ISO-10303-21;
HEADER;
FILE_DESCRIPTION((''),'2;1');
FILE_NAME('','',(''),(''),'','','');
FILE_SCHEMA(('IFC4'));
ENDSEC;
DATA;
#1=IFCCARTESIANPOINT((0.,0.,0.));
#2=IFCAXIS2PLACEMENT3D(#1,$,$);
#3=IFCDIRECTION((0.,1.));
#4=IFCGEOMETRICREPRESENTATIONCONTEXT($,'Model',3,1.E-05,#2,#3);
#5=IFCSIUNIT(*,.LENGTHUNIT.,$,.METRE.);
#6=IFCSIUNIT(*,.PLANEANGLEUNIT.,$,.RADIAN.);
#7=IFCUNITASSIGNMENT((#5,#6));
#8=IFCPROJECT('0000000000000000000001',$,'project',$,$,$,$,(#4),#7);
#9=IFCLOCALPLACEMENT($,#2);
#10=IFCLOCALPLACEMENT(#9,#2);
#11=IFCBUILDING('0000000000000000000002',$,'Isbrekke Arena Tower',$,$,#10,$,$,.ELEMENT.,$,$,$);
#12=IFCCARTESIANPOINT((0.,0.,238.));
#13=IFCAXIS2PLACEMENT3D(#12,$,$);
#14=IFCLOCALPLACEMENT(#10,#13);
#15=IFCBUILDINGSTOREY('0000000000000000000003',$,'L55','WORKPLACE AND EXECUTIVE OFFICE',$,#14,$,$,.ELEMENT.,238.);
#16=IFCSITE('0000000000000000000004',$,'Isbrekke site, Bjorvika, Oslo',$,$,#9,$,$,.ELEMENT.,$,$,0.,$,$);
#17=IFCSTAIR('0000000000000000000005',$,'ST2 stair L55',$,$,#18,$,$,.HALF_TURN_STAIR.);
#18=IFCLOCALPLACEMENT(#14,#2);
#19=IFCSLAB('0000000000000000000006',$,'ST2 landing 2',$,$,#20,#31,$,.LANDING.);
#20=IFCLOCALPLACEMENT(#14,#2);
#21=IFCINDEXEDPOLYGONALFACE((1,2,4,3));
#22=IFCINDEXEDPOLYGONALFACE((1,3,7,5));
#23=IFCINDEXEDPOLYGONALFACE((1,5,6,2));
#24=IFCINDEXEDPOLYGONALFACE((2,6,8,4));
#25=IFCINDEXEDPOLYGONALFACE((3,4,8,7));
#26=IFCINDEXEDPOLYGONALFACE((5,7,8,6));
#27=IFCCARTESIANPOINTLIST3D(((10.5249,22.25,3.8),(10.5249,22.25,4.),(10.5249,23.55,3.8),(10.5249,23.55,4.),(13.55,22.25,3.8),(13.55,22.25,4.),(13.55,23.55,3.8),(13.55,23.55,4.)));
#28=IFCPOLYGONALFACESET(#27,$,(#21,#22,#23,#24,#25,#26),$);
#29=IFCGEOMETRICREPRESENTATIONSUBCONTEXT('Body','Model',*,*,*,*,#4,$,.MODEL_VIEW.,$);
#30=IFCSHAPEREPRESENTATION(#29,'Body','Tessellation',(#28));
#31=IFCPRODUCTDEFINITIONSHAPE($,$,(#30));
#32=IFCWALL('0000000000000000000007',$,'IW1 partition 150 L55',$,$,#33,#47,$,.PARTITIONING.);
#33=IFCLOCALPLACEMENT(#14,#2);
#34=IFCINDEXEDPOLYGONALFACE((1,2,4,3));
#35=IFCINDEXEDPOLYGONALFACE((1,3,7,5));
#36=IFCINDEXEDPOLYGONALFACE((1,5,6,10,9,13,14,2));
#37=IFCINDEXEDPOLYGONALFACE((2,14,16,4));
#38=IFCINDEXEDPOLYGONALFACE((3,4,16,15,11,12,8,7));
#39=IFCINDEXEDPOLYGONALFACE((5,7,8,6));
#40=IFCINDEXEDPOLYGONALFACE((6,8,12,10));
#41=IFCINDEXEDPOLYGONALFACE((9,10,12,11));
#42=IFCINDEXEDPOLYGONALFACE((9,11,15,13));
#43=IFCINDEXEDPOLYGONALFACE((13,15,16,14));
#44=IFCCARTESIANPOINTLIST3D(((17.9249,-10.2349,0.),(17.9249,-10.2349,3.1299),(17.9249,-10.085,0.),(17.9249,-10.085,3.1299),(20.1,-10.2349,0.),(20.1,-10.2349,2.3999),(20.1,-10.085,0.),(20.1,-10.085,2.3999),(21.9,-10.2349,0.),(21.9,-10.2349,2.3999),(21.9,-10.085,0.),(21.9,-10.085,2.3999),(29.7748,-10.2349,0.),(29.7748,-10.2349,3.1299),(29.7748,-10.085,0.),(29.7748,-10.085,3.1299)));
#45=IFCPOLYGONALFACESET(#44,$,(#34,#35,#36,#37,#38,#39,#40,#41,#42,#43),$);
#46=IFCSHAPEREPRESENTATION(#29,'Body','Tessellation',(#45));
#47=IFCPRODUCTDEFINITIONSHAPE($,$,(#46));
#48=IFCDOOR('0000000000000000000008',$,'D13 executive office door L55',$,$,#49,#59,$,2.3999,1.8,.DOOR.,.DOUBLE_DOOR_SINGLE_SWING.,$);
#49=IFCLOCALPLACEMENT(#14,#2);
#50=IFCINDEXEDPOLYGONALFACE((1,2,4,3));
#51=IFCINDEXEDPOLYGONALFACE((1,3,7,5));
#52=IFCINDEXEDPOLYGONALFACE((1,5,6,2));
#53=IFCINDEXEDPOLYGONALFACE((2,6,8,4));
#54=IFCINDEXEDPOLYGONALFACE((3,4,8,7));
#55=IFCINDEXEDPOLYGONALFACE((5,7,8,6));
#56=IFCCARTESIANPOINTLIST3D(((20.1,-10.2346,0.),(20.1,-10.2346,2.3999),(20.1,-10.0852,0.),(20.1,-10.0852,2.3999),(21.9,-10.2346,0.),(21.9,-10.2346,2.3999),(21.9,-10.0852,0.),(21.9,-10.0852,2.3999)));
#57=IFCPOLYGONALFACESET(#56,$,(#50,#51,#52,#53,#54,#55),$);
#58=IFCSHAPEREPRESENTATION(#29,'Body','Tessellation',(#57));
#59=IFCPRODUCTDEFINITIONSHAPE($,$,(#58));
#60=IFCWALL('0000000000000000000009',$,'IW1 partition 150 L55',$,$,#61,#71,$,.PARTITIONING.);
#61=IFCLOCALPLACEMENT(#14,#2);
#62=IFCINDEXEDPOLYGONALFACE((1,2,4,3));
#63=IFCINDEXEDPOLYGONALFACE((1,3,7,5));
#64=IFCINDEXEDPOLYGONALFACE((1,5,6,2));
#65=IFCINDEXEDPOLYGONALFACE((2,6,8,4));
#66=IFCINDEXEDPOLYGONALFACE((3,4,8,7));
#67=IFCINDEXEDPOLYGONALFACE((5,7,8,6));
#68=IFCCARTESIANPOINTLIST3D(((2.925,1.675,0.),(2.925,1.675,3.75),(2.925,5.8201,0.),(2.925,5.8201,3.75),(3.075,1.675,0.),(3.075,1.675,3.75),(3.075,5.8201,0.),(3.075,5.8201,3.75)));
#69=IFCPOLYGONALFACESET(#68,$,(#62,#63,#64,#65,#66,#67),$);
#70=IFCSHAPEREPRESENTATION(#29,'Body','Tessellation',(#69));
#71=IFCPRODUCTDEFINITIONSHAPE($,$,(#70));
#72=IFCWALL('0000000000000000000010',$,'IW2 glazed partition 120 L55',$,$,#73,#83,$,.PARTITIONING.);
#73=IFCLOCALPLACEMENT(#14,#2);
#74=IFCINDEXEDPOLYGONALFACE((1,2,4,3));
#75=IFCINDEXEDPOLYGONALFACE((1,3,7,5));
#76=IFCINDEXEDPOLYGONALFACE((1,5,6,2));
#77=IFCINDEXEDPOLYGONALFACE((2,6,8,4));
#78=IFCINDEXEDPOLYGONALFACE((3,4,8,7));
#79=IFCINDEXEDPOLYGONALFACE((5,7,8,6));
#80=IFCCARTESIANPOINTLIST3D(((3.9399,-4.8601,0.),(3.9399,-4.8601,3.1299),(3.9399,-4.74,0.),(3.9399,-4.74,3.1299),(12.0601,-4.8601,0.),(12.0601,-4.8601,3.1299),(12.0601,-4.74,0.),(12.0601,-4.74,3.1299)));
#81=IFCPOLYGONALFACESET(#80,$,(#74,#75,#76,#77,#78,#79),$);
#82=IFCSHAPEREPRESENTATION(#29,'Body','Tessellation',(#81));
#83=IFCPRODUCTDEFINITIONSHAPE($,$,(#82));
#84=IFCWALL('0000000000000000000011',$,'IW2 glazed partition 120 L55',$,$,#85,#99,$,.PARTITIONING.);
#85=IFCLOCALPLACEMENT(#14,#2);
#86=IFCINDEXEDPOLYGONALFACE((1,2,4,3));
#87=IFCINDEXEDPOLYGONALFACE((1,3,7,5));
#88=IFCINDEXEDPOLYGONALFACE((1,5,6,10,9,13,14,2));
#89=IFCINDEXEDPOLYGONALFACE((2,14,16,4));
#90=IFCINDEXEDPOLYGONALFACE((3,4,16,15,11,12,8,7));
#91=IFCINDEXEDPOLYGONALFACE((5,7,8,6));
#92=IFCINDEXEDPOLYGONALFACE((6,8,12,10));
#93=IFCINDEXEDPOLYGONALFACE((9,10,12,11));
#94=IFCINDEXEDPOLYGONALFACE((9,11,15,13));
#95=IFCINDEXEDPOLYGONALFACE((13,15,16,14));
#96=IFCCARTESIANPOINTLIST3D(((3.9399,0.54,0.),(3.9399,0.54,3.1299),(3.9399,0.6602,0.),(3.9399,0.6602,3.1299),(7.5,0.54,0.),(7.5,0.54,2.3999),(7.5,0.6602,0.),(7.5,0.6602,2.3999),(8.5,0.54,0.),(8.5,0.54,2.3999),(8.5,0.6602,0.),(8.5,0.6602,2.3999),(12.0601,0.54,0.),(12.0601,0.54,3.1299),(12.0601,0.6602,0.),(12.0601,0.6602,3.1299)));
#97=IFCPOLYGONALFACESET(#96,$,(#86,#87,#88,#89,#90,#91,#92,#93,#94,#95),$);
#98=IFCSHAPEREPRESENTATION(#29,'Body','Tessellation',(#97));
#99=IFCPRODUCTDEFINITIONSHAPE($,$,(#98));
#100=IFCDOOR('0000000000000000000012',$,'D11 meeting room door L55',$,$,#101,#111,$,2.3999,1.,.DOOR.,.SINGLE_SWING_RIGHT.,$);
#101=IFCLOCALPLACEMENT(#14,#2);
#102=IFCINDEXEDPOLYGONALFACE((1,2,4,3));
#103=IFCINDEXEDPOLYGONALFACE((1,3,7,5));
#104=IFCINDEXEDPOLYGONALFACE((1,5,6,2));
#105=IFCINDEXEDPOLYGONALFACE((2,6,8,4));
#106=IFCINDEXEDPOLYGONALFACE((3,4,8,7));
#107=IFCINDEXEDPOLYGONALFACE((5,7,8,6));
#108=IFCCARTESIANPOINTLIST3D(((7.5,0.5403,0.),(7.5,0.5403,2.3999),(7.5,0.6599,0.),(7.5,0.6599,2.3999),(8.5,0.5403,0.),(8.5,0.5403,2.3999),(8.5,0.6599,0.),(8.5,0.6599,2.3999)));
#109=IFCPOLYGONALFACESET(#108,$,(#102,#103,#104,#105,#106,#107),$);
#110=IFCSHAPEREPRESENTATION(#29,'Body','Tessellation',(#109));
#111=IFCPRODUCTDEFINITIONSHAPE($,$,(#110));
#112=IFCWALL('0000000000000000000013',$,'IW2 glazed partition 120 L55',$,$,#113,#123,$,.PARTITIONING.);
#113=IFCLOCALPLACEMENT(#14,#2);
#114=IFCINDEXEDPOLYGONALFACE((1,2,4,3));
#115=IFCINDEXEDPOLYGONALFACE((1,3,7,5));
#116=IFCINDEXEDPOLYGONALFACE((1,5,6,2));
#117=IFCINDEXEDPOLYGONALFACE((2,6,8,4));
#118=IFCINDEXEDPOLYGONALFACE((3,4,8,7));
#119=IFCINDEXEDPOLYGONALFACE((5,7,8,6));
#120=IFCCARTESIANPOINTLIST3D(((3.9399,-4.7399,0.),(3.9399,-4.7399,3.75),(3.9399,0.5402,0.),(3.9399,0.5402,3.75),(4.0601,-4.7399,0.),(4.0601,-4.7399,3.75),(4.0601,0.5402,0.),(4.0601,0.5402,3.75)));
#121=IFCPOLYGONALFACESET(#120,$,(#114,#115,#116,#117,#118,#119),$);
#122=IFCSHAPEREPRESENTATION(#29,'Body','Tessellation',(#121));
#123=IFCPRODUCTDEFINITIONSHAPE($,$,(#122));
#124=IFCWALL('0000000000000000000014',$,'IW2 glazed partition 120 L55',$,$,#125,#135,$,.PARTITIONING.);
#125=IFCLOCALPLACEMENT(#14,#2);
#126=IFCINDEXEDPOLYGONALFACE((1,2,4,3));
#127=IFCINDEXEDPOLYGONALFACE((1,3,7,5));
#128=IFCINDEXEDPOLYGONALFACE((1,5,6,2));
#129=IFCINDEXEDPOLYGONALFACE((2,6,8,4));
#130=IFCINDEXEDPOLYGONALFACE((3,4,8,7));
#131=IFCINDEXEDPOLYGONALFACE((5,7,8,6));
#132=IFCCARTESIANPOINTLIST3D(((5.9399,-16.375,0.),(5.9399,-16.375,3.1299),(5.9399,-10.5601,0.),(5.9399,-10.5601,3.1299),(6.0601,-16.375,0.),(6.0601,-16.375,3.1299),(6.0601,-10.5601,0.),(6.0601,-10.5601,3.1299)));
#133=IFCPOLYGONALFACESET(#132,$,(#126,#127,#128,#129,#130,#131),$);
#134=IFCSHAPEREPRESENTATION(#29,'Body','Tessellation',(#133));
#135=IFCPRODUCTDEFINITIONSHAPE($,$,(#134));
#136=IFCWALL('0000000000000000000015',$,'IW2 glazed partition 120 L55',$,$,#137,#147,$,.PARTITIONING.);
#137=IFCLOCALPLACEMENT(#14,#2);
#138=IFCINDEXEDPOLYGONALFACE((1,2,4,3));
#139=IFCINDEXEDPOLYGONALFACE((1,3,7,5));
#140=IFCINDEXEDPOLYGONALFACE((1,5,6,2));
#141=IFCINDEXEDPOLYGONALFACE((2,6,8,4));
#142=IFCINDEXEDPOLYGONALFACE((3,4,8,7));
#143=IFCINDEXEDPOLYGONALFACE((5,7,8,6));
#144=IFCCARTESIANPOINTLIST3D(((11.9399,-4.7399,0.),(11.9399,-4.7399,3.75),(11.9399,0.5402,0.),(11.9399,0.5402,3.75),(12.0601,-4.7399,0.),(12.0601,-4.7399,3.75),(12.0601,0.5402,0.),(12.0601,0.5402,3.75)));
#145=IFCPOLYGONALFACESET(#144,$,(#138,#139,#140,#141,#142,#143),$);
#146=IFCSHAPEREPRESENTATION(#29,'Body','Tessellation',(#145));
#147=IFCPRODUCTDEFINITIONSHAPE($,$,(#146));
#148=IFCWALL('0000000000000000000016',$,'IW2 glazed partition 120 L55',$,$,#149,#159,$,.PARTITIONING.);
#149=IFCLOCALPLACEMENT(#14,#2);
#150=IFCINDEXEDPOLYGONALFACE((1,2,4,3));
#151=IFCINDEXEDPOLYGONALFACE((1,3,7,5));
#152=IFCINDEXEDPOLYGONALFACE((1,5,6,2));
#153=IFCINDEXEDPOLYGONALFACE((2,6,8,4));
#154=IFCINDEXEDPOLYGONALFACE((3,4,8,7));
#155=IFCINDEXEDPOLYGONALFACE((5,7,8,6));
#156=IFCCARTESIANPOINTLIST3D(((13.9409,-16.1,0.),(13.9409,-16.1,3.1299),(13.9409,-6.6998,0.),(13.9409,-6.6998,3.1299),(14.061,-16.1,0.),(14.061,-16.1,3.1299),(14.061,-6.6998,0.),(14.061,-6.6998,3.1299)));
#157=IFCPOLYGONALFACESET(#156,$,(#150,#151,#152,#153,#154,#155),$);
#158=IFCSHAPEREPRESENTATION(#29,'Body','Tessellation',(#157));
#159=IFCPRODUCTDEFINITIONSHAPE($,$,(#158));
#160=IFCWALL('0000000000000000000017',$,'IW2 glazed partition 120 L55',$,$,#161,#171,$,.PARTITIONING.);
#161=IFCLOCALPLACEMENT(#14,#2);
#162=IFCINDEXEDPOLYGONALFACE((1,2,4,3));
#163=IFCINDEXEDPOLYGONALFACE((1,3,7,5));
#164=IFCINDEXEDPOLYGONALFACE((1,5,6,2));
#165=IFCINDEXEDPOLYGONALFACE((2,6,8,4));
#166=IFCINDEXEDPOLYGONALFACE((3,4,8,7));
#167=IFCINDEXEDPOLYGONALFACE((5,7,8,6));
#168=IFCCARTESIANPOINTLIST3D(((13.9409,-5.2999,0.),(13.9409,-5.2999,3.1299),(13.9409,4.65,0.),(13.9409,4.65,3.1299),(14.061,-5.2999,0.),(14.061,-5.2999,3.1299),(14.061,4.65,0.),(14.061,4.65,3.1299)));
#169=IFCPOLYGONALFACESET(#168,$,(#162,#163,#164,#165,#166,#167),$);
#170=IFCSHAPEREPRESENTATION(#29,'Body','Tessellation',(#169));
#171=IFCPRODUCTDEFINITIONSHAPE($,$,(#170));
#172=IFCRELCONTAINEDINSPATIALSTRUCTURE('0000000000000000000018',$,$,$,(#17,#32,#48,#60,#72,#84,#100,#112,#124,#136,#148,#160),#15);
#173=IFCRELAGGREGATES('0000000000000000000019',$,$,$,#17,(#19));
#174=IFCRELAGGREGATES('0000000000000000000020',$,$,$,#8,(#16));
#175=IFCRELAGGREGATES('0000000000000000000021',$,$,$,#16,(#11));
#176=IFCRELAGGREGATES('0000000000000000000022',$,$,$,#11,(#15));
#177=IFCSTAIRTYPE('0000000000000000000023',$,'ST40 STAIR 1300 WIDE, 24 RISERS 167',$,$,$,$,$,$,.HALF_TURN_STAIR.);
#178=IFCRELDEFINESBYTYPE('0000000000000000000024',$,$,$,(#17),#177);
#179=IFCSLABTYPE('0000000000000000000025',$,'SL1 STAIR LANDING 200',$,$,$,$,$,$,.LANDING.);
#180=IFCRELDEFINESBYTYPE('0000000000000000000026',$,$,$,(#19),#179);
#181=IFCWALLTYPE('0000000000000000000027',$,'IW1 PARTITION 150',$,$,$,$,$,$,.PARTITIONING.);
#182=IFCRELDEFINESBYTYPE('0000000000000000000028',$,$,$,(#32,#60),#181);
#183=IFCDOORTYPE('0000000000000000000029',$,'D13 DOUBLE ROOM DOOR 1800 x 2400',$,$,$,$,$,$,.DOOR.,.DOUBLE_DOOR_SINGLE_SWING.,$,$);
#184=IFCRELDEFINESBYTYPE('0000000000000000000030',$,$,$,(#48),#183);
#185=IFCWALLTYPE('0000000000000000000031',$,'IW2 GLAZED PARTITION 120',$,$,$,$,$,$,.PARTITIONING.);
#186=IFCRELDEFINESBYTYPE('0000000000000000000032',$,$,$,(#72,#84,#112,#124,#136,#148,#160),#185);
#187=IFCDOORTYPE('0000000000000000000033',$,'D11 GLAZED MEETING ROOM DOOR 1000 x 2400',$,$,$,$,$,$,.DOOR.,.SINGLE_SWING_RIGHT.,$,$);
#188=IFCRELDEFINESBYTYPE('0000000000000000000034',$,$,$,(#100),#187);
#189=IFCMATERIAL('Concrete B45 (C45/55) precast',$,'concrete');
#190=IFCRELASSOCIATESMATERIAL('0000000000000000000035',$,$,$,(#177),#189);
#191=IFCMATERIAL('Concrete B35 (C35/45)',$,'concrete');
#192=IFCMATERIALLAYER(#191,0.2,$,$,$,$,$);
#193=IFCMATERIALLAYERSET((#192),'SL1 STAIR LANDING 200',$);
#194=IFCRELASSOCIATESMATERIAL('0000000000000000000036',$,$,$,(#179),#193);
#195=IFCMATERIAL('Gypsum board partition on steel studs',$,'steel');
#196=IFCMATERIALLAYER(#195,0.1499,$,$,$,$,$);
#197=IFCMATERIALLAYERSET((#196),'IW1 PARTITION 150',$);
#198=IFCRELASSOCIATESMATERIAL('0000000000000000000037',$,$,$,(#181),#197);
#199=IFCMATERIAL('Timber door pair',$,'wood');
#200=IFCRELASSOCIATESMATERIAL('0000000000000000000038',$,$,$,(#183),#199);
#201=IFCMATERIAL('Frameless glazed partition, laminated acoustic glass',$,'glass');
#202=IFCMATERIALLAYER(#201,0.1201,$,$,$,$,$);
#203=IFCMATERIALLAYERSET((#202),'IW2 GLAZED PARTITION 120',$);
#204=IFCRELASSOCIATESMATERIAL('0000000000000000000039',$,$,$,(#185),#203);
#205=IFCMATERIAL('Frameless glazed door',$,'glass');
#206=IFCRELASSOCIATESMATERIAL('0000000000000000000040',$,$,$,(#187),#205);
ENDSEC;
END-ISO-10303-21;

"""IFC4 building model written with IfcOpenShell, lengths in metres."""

from ifc_helpers import new_model, si_unit, direction, frame, frame_2d, origin, place, context, subcontext, project, spatial, polyline, rectangle, outline, extrude, material, layer, layer_set, type_object, element, fill, aggregate, save


model = new_model("IFC4")

# Units and contexts
model_context = context("Model", 3, precision=1e-05, world=origin(), true_north=direction((0.0, 1.0)))
body_context = subcontext(model_context, "Body", "Model", "MODEL_VIEW")
ifc_project = project(units=[si_unit("LENGTHUNIT", "METRE"), si_unit("PLANEANGLEUNIT", "RADIAN")], contexts=[model_context])

# Site, building, storey
site_placement = place(None, origin())
site = spatial("IfcSite", under=ifc_project, at=site_placement, Name="Isbrekke site, Bjorvika, Oslo", CompositionType="ELEMENT", RefElevation=0.0)
building_placement = place(site_placement, origin())
building = spatial("IfcBuilding", under=site, at=building_placement, Name="Isbrekke Arena Tower", CompositionType="ELEMENT")
storey_placement = place(building_placement, frame((0.0, 0.0, 238.0)))
storey = spatial("IfcBuildingStorey", under=building, at=storey_placement, Name="L55", Description="WORKPLACE AND EXECUTIVE OFFICE", CompositionType="ELEMENT", Elevation=238.0)

# Stair, slab
ifc_material_1 = material(Name="Concrete B45 (C45/55) precast", Category="concrete")
stair_type = type_object("IfcStairType", Name="ST40 STAIR 1300 WIDE, 24 RISERS 167", PredefinedType="HALF_TURN_STAIR", material=ifc_material_1)
ifc_material_2 = material(Name="Concrete B35 (C35/45)", Category="concrete")
ifc_layer_1 = layer(ifc_material_2, 0.2)
ifc_layer_set_1 = layer_set([ifc_layer_1], Name="SL1 STAIR LANDING 200")
slab_type_1 = type_object("IfcSlabType", Name="SL1 STAIR LANDING 200", PredefinedType="LANDING", material=ifc_layer_set_1)
stair_1_placement = place(storey_placement, origin())
stair_1 = element("IfcStair", 1, at=stair_1_placement, inside=storey, type_object=stair_type, Name="ST2 stair L55", PredefinedType="HALF_TURN_STAIR")
slab_1_placement = place(storey_placement, frame((0.0, 0.0, 3.8)))
slab_1 = element("IfcSlab", 2, at=slab_1_placement, type_object=slab_type_1, Name="ST2 landing 2", PredefinedType="LANDING", context=body_context, shape_type="SweptSolid", body=[
    extrude(outline(polyline([(10.5249, 22.25), (13.55, 22.25), (13.55, 23.55), (10.5249, 23.55), (10.5249, 22.25)])), origin(), (0.0, 0.0, 1.0), 0.2),
])
aggregate(stair_1, [slab_1])

# Wall, opening, door
ifc_material_3 = material(Name="Gypsum board partition on steel studs", Category="steel")
ifc_layer_2 = layer(ifc_material_3, 0.1499)
ifc_layer_set_2 = layer_set([ifc_layer_2], Name="IW1 PARTITION 150")
wall_type_1 = type_object("IfcWallType", Name="IW1 PARTITION 150", PredefinedType="PARTITIONING", material=ifc_layer_set_2)
wall_1_placement = place(storey_placement, frame((17.925, -10.1599, 0.0), z_axis=(0.0, 0.0, 1.0), x_axis=(1.0, 0.0, 0.0)))
wall_1 = element("IfcWall", 3, at=wall_1_placement, inside=storey, type_object=wall_type_1, Name="IW1 partition 150 L55", PredefinedType="PARTITIONING", context=body_context, shape_type="SweptSolid", body=[
    extrude(rectangle(XDim=11.8499, YDim=0.1499, at=frame_2d((5.9248, 0.0))), origin(), (0.0, 0.0, 1.0), 3.1299),
])
opening_1_placement = place(wall_1_placement, frame((2.175, 0.0, 0.0)))
opening_1 = element("IfcOpeningElement", 4, at=opening_1_placement, cuts=wall_1, PredefinedType="OPENING", context=body_context, shape_type="SweptSolid", body=[
    extrude(rectangle(XDim=1.8, YDim=2.3999, at=frame_2d((0.8999, 1.2))), frame((0.0, 0.0898, 0.0), z_axis=(0.0, -1.0, 0.0), x_axis=(1.0, 0.0, 0.0)), (0.0, 0.0, 1.0), 0.1797),
])
ifc_material_4 = material(Name="Timber door pair", Category="wood")
door_type_1 = type_object("IfcDoorType", Name="D13 DOUBLE ROOM DOOR 1800 x 2400", OperationType="DOUBLE_DOOR_SINGLE_SWING", PredefinedType="DOOR", material=ifc_material_4)
door_1_placement = place(opening_1_placement, origin())
door_1 = element("IfcDoor", 5, at=door_1_placement, inside=storey, type_object=door_type_1, Name="D13 executive office door L55", OperationType="DOUBLE_DOOR_SINGLE_SWING", OverallHeight=2.3999, OverallWidth=1.8, PredefinedType="DOOR", context=body_context, shape_type="SweptSolid", body=[
    extrude(rectangle(XDim=1.8, YDim=2.3999, at=frame_2d((0.8999, 1.2))), frame((0.0, 0.0747, 0.0), z_axis=(0.0, -1.0, 0.0), x_axis=(1.0, 0.0, 0.0)), (0.0, 0.0, 1.0), 0.1494),
])
fill(opening_1, door_1)

# Walls
wall_2_placement = place(storey_placement, frame((3.0, 1.675, 0.0), z_axis=(0.0, 0.0, 1.0), x_axis=(0.0, 1.0, 0.0)))
element("IfcWall", 6, at=wall_2_placement, inside=storey, type_object=wall_type_1, Name="IW1 partition 150 L55", PredefinedType="PARTITIONING", context=body_context, shape_type="SweptSolid", body=[
    extrude(rectangle(XDim=4.145, YDim=0.1499, at=frame_2d((2.0725, 0.0))), origin(), (0.0, 0.0, 1.0), 3.75),
])
ifc_material_5 = material(Name="Frameless glazed partition, laminated acoustic glass", Category="glass")
ifc_layer_3 = layer(ifc_material_5, 0.1201)
ifc_layer_set_3 = layer_set([ifc_layer_3], Name="IW2 GLAZED PARTITION 120")
wall_type_2 = type_object("IfcWallType", Name="IW2 GLAZED PARTITION 120", PredefinedType="PARTITIONING", material=ifc_layer_set_3)
wall_3_placement = place(storey_placement, frame((3.9399, -4.8, 0.0), z_axis=(0.0, 0.0, 1.0), x_axis=(1.0, 0.0, 0.0)))
element("IfcWall", 7, at=wall_3_placement, inside=storey, type_object=wall_type_2, Name="IW2 glazed partition 120 L55", PredefinedType="PARTITIONING", context=body_context, shape_type="SweptSolid", body=[
    extrude(rectangle(XDim=8.1201, YDim=0.1201, at=frame_2d((4.0601, 0.0))), origin(), (0.0, 0.0, 1.0), 3.1299),
])

# Wall, opening, door
wall_4_placement = place(storey_placement, frame((3.9399, 0.6001, 0.0), z_axis=(0.0, 0.0, 1.0), x_axis=(1.0, 0.0, 0.0)))
wall_4 = element("IfcWall", 8, at=wall_4_placement, inside=storey, type_object=wall_type_2, Name="IW2 glazed partition 120 L55", PredefinedType="PARTITIONING", context=body_context, shape_type="SweptSolid", body=[
    extrude(rectangle(XDim=8.1201, YDim=0.1201, at=frame_2d((4.0601, 0.0))), origin(), (0.0, 0.0, 1.0), 3.1299),
])
opening_2_placement = place(wall_4_placement, frame((3.5601, 0.0, 0.0)))
opening_2 = element("IfcOpeningElement", 9, at=opening_2_placement, cuts=wall_4, PredefinedType="OPENING", context=body_context, shape_type="SweptSolid", body=[
    extrude(rectangle(XDim=1.0, YDim=2.3999, at=frame_2d((0.5, 1.2))), frame((0.0, 0.075, 0.0), z_axis=(0.0, -1.0, 0.0), x_axis=(1.0, 0.0, 0.0)), (0.0, 0.0, 1.0), 0.1499),
])
ifc_material_6 = material(Name="Frameless glazed door", Category="glass")
door_type_2 = type_object("IfcDoorType", Name="D11 GLAZED MEETING ROOM DOOR 1000 x 2400", OperationType="SINGLE_SWING_RIGHT", PredefinedType="DOOR", material=ifc_material_6)
door_2_placement = place(opening_2_placement, origin())
door_2 = element("IfcDoor", 10, at=door_2_placement, inside=storey, type_object=door_type_2, Name="D11 meeting room door L55", OperationType="SINGLE_SWING_RIGHT", OverallHeight=2.3999, OverallWidth=1.0, PredefinedType="DOOR", context=body_context, shape_type="SweptSolid", body=[
    extrude(rectangle(XDim=1.0, YDim=2.3999, at=frame_2d((0.5, 1.2))), frame((0.0, 0.0598, 0.0), z_axis=(0.0, -1.0, 0.0), x_axis=(1.0, 0.0, 0.0)), (0.0, 0.0, 1.0), 0.1196),
])
fill(opening_2, door_2)

# Walls
wall_5_placement = place(storey_placement, frame((4.0, -4.74, 0.0), z_axis=(0.0, 0.0, 1.0), x_axis=(0.0, 1.0, 0.0)))
element("IfcWall", 11, at=wall_5_placement, inside=storey, type_object=wall_type_2, Name="IW2 glazed partition 120 L55", PredefinedType="PARTITIONING", context=body_context, shape_type="SweptSolid", body=[
    extrude(rectangle(XDim=5.28, YDim=0.1201, at=frame_2d((2.6401, 0.0))), origin(), (0.0, 0.0, 1.0), 3.75),
])
wall_6_placement = place(storey_placement, frame((6.0, -16.375, 0.0), z_axis=(0.0, 0.0, 1.0), x_axis=(0.0, 1.0, 0.0)))
element("IfcWall", 12, at=wall_6_placement, inside=storey, type_object=wall_type_2, Name="IW2 glazed partition 120 L55", PredefinedType="PARTITIONING", context=body_context, shape_type="SweptSolid", body=[
    extrude(rectangle(XDim=5.8149, YDim=0.1201, at=frame_2d((2.9075, 0.0))), origin(), (0.0, 0.0, 1.0), 3.1299),
])
wall_7_placement = place(storey_placement, frame((12.0, -4.74, 0.0), z_axis=(0.0, 0.0, 1.0), x_axis=(0.0, 1.0, 0.0)))
element("IfcWall", 13, at=wall_7_placement, inside=storey, type_object=wall_type_2, Name="IW2 glazed partition 120 L55", PredefinedType="PARTITIONING", context=body_context, shape_type="SweptSolid", body=[
    extrude(rectangle(XDim=5.28, YDim=0.1201, at=frame_2d((2.6401, 0.0))), origin(), (0.0, 0.0, 1.0), 3.75),
])
wall_8_placement = place(storey_placement, frame((14.001, -16.1001, 0.0), z_axis=(0.0, 0.0, 1.0), x_axis=(0.0, 1.0, 0.0)))
element("IfcWall", 14, at=wall_8_placement, inside=storey, type_object=wall_type_2, Name="IW2 glazed partition 120 L55", PredefinedType="PARTITIONING", context=body_context, shape_type="SweptSolid", body=[
    extrude(rectangle(XDim=9.4001, YDim=0.1201, at=frame_2d((4.7002, 0.0))), origin(), (0.0, 0.0, 1.0), 3.1299),
])
wall_9_placement = place(storey_placement, frame((14.001, -5.3, 0.0), z_axis=(0.0, 0.0, 1.0), x_axis=(0.0, 1.0, 0.0)))
element("IfcWall", 15, at=wall_9_placement, inside=storey, type_object=wall_type_2, Name="IW2 glazed partition 120 L55", PredefinedType="PARTITIONING", context=body_context, shape_type="SweptSolid", body=[
    extrude(rectangle(XDim=9.95, YDim=0.1201, at=frame_2d((4.9751, 0.0))), origin(), (0.0, 0.0, 1.0), 3.1299),
])

save(model, "model.ifc")
